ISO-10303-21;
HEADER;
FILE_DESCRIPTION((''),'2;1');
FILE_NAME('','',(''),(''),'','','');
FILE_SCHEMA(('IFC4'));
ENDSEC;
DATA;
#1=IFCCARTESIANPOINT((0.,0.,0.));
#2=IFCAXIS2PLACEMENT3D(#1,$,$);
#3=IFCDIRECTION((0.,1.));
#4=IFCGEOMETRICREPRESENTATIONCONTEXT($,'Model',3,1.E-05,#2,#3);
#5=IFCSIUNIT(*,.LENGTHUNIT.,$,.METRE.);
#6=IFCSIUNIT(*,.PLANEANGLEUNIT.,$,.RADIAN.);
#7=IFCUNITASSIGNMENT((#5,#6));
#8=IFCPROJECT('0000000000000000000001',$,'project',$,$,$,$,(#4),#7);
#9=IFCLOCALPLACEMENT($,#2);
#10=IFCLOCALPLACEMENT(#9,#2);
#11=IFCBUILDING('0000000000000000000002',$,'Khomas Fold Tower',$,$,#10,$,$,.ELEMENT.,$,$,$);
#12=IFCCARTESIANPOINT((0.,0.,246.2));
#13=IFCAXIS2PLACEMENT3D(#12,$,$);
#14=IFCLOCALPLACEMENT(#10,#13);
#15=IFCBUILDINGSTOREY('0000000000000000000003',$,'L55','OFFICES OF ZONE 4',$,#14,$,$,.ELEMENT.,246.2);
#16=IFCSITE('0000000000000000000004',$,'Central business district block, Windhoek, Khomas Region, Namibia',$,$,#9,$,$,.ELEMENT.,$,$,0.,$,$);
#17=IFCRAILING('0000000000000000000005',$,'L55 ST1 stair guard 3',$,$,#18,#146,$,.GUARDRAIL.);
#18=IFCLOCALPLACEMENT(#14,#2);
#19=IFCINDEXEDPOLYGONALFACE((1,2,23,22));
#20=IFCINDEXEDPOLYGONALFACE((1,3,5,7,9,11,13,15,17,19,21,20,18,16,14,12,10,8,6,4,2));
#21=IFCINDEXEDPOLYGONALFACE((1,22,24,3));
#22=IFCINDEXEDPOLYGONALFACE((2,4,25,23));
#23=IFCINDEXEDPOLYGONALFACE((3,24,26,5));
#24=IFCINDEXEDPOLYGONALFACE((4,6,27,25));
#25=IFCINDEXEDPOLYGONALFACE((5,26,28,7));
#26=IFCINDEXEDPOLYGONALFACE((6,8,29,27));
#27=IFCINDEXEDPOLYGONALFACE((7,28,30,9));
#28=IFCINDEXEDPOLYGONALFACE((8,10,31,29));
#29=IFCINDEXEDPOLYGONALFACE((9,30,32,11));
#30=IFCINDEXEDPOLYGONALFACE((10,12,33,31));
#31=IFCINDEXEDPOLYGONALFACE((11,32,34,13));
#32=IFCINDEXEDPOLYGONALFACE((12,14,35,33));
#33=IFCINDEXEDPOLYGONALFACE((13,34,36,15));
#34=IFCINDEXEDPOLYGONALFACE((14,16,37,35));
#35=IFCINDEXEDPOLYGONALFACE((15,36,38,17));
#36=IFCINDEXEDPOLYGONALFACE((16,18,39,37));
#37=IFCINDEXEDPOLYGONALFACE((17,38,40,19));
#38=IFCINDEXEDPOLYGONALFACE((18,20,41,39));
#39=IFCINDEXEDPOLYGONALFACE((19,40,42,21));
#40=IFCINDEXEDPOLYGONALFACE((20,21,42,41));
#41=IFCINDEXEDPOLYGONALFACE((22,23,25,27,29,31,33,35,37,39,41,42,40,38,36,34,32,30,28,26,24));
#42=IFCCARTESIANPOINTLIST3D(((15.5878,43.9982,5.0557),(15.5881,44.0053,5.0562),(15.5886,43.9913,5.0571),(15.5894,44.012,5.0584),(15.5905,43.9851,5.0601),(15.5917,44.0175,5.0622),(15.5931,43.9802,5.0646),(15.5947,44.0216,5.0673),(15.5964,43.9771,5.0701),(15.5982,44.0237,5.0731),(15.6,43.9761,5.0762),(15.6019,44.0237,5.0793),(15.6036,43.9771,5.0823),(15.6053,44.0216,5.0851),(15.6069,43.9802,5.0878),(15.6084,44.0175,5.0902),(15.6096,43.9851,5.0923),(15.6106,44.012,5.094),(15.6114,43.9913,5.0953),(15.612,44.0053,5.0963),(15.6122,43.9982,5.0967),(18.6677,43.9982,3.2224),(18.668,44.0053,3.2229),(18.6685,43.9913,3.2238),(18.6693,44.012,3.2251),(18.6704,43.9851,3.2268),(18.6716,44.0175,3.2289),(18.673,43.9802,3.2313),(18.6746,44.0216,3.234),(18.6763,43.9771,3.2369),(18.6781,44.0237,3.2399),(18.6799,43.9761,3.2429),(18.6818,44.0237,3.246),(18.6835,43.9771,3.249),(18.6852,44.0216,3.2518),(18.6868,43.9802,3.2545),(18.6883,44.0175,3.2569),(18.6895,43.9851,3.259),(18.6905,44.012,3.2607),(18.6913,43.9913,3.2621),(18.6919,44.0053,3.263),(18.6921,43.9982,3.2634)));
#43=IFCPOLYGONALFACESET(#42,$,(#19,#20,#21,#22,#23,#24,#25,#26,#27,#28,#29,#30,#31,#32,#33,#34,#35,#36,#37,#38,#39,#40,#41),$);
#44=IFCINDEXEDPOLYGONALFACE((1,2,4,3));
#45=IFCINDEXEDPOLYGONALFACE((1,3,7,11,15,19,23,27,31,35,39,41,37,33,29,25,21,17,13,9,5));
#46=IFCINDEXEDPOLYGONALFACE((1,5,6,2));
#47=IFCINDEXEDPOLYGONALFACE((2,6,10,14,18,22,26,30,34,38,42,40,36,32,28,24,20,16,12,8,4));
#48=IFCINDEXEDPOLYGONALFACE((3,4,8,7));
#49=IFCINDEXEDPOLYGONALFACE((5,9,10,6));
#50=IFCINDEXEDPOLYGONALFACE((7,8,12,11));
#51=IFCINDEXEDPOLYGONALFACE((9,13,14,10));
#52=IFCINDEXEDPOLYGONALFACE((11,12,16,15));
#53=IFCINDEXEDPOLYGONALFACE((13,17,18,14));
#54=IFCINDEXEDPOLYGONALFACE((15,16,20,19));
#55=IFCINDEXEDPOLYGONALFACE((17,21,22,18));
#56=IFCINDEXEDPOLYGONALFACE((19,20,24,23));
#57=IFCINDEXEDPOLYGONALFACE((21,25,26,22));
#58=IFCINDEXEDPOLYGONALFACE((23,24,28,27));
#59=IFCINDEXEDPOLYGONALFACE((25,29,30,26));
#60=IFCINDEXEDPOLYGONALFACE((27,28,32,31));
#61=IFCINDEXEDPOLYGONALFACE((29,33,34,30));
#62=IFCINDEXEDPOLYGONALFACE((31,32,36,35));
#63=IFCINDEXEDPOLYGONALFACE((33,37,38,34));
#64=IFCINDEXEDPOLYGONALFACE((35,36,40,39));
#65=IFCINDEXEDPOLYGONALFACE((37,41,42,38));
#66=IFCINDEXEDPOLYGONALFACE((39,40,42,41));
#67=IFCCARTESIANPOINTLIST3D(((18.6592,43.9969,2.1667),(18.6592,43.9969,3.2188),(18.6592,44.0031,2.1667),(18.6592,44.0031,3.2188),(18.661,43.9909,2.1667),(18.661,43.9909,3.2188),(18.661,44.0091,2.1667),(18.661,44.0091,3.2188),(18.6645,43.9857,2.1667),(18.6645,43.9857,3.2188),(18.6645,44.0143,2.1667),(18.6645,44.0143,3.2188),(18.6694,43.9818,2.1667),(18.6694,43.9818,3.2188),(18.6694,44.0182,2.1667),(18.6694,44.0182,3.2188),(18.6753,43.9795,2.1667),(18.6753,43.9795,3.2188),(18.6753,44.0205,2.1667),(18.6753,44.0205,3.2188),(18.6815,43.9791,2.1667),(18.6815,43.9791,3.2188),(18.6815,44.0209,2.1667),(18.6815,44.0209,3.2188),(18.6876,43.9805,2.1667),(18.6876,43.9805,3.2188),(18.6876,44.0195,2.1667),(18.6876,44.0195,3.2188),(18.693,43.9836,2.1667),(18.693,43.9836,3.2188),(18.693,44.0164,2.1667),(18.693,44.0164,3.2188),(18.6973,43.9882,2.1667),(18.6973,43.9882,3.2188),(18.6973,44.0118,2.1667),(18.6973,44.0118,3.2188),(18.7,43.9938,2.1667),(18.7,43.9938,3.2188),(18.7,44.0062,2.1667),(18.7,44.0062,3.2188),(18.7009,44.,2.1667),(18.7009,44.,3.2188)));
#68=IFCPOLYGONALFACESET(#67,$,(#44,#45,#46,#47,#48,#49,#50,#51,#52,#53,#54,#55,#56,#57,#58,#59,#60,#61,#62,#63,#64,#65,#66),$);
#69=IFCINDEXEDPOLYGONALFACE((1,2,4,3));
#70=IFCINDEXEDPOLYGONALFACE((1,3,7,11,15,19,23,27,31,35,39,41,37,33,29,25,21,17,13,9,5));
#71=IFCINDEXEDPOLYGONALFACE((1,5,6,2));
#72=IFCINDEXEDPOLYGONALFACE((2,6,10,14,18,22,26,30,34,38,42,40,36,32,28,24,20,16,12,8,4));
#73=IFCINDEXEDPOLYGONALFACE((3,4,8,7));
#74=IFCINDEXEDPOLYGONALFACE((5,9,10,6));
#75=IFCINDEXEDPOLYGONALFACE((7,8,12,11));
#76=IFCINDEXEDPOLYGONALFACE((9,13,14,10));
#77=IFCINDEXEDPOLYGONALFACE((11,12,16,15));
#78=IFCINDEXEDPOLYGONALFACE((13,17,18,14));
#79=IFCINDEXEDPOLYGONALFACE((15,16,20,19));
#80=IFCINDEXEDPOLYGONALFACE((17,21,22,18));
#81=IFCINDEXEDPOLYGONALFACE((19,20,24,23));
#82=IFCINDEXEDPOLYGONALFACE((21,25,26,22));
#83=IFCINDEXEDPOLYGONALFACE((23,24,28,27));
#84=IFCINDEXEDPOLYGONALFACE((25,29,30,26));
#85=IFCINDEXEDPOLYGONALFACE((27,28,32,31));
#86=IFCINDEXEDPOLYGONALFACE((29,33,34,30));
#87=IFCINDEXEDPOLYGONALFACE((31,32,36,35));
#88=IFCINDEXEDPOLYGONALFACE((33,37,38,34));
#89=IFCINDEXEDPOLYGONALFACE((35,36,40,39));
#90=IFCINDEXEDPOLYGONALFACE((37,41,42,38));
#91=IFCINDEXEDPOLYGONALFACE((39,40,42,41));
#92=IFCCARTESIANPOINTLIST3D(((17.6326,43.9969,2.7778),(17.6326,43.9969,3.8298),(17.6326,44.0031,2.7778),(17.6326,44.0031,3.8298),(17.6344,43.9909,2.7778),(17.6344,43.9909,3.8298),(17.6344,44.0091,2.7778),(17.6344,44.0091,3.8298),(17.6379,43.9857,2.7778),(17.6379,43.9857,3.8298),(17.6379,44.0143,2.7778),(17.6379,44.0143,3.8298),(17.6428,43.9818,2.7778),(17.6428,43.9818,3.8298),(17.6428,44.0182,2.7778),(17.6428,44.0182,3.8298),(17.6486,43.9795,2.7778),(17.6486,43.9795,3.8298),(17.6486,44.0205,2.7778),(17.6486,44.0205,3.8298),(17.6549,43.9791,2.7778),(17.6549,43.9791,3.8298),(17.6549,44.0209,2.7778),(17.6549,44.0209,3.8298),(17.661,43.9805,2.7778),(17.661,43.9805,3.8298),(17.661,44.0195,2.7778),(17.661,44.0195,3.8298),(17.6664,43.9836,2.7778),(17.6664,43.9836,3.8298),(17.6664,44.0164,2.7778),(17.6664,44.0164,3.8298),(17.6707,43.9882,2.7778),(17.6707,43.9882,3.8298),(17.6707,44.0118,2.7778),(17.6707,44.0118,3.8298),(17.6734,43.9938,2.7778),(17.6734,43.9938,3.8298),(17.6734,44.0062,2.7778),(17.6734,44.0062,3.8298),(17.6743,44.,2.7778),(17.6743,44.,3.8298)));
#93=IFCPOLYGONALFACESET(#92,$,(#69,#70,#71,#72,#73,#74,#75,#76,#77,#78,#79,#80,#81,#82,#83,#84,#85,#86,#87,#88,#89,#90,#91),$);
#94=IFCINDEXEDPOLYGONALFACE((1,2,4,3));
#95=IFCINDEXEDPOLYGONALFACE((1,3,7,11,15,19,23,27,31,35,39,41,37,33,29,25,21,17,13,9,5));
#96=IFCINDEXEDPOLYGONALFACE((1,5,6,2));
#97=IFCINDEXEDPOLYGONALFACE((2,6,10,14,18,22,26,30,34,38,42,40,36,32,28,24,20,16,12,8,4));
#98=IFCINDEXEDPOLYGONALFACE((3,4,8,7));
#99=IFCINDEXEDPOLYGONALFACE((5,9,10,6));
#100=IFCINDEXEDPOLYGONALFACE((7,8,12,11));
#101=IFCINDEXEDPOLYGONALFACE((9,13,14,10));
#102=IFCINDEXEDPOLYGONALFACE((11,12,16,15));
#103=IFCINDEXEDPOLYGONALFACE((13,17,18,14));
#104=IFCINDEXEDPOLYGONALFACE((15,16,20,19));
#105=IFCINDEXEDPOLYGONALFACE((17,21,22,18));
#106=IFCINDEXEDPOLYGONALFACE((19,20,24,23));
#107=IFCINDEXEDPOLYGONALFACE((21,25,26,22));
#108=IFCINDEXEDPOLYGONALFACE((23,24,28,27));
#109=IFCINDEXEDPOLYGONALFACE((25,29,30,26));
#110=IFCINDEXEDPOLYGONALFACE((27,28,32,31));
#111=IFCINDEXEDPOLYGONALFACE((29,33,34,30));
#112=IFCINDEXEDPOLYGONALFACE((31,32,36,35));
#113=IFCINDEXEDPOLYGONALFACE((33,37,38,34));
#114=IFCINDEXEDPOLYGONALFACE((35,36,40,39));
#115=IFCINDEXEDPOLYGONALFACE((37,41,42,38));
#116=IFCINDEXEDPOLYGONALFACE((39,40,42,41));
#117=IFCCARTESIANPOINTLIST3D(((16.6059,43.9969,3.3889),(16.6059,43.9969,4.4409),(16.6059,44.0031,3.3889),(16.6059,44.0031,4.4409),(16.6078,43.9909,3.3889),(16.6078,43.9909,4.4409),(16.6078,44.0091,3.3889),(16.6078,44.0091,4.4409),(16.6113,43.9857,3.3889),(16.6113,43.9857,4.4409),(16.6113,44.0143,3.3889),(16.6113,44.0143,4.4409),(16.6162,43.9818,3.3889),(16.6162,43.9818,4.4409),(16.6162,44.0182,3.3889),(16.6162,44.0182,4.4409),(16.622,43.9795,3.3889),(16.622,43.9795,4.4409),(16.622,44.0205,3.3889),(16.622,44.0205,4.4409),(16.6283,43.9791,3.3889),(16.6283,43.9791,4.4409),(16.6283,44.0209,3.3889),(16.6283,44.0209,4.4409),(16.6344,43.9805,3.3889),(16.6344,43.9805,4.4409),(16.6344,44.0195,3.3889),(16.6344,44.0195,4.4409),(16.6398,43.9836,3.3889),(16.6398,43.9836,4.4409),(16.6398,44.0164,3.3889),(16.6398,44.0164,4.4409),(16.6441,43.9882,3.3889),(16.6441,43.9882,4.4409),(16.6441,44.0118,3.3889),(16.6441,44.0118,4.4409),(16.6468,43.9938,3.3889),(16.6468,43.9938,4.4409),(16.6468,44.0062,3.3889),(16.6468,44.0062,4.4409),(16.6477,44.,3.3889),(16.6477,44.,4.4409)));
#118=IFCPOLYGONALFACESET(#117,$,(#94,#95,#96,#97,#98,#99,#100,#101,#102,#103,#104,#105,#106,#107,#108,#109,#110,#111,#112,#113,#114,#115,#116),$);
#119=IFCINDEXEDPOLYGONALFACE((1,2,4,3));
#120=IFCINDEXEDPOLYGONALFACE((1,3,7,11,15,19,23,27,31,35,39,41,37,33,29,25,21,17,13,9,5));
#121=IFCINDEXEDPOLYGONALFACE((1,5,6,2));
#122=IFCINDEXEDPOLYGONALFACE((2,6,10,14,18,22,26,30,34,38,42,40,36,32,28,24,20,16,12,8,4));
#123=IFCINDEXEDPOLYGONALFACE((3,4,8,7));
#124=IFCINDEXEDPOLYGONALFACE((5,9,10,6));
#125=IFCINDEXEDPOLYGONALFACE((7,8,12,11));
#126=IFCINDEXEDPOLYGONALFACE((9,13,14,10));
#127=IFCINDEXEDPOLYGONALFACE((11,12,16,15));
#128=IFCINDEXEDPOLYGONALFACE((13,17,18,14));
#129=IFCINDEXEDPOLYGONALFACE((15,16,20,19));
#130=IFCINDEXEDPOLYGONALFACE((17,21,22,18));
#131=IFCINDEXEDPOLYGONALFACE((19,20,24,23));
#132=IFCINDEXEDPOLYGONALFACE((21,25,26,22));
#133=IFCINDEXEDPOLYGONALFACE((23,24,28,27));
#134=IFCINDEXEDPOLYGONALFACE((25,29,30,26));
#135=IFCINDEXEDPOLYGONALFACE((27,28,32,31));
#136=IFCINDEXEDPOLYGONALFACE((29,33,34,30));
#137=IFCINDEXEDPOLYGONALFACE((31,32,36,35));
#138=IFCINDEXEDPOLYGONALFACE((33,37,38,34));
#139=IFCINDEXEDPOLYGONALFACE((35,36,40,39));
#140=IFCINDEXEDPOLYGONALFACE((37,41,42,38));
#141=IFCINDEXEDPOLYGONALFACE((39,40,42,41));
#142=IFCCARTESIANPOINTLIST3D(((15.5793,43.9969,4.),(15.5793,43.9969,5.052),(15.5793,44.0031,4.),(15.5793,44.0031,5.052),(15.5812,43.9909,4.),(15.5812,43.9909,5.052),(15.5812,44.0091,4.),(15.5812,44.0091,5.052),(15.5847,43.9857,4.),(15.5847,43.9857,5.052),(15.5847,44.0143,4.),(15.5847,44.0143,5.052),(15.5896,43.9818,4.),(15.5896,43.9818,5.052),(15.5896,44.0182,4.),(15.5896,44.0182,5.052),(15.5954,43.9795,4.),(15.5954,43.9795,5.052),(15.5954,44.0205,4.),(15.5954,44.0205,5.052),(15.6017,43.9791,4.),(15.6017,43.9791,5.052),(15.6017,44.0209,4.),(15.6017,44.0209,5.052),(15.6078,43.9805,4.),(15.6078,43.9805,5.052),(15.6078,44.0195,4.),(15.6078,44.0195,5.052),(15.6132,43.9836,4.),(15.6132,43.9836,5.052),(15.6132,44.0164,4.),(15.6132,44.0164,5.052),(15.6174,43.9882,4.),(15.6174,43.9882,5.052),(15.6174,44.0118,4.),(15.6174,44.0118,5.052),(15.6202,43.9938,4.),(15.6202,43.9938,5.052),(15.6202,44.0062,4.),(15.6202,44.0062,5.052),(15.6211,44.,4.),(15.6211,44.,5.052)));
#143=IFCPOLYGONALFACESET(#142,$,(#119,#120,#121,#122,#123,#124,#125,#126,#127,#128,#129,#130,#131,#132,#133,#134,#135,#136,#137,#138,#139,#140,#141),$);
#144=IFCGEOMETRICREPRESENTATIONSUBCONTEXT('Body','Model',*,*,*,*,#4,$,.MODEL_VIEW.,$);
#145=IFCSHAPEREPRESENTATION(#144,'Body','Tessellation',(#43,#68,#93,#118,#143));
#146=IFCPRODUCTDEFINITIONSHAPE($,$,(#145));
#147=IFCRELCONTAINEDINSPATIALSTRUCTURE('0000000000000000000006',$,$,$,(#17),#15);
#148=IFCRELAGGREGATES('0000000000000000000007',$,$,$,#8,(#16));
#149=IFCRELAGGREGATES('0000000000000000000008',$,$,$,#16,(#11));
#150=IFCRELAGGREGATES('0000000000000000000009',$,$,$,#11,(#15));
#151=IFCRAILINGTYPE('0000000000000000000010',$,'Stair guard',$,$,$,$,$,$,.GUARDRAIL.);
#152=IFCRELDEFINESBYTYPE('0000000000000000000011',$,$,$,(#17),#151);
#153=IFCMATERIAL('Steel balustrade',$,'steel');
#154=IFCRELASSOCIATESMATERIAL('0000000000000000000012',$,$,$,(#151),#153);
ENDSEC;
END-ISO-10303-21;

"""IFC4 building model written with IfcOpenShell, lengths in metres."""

from ifc_helpers import new_model, si_unit, direction, frame, origin, origin_2d, place, context, subcontext, project, spatial, circle, extrude, source, transform, mapped, material, type_object, element, save


model = new_model("IFC4")

# Units and contexts
model_context = context("Model", 3, precision=1e-05, world=origin(), true_north=direction((0.0, 1.0)))
body_context = subcontext(model_context, "Body", "Model", "MODEL_VIEW")
ifc_project = project(units=[si_unit("LENGTHUNIT", "METRE"), si_unit("PLANEANGLEUNIT", "RADIAN")], contexts=[model_context])

# Site, building, storey
site_placement = place(None, origin())
site = spatial("IfcSite", under=ifc_project, at=site_placement, Name="Central business district block, Windhoek, Khomas Region, Namibia", CompositionType="ELEMENT", RefElevation=0.0)
building_placement = place(site_placement, origin())
building = spatial("IfcBuilding", under=site, at=building_placement, Name="Khomas Fold Tower", CompositionType="ELEMENT")
storey_placement = place(building_placement, frame((0.0, 0.0, 246.2)))
storey = spatial("IfcBuildingStorey", under=building, at=storey_placement, Name="L55", Description="OFFICES OF ZONE 4", CompositionType="ELEMENT", Elevation=246.2)

# Railing
ifc_material_1 = material(Name="Steel balustrade", Category="steel")
railing_type_1 = type_object("IfcRailingType", Name="Stair guard", PredefinedType="GUARDRAIL", material=ifc_material_1)
shared_shape_1 = source(origin(), body_context, "Body", "SweptSolid", [
    extrude(circle(Radius=0.0239, at=origin_2d()), frame((0.0, 0.0, 1.0762), z_axis=(-0.859291, 0.0, 0.511487), x_axis=(0.0, -1.0, 0.0)), (0.0, 0.0, 1.0), 3.5842),
    extrude(circle(Radius=0.021, at=origin_2d()), origin(), (0.0, 0.0, 1.0), 1.052),
    extrude(circle(Radius=0.021, at=origin_2d()), frame((-1.0266, 0.0, 0.6111)), (0.0, 0.0, 1.0), 1.052),
    extrude(circle(Radius=0.021, at=origin_2d()), frame((-2.0532, 0.0, 1.2222)), (0.0, 0.0, 1.0), 1.052),
    extrude(circle(Radius=0.021, at=origin_2d()), frame((-3.0798, 0.0, 1.8333)), (0.0, 0.0, 1.0), 1.052),
])
railing_1_placement = place(storey_placement, frame((18.6799, 44.0, 2.1667)))
element("IfcRailing", 1, at=railing_1_placement, inside=storey, type_object=railing_type_1, Name="L55 ST1 stair guard 3", PredefinedType="GUARDRAIL", context=body_context, shape_type="MappedRepresentation", body=[
    mapped(shared_shape_1, transform((0.0, 0.0, 0.0))),
])

save(model, "model.ifc")
